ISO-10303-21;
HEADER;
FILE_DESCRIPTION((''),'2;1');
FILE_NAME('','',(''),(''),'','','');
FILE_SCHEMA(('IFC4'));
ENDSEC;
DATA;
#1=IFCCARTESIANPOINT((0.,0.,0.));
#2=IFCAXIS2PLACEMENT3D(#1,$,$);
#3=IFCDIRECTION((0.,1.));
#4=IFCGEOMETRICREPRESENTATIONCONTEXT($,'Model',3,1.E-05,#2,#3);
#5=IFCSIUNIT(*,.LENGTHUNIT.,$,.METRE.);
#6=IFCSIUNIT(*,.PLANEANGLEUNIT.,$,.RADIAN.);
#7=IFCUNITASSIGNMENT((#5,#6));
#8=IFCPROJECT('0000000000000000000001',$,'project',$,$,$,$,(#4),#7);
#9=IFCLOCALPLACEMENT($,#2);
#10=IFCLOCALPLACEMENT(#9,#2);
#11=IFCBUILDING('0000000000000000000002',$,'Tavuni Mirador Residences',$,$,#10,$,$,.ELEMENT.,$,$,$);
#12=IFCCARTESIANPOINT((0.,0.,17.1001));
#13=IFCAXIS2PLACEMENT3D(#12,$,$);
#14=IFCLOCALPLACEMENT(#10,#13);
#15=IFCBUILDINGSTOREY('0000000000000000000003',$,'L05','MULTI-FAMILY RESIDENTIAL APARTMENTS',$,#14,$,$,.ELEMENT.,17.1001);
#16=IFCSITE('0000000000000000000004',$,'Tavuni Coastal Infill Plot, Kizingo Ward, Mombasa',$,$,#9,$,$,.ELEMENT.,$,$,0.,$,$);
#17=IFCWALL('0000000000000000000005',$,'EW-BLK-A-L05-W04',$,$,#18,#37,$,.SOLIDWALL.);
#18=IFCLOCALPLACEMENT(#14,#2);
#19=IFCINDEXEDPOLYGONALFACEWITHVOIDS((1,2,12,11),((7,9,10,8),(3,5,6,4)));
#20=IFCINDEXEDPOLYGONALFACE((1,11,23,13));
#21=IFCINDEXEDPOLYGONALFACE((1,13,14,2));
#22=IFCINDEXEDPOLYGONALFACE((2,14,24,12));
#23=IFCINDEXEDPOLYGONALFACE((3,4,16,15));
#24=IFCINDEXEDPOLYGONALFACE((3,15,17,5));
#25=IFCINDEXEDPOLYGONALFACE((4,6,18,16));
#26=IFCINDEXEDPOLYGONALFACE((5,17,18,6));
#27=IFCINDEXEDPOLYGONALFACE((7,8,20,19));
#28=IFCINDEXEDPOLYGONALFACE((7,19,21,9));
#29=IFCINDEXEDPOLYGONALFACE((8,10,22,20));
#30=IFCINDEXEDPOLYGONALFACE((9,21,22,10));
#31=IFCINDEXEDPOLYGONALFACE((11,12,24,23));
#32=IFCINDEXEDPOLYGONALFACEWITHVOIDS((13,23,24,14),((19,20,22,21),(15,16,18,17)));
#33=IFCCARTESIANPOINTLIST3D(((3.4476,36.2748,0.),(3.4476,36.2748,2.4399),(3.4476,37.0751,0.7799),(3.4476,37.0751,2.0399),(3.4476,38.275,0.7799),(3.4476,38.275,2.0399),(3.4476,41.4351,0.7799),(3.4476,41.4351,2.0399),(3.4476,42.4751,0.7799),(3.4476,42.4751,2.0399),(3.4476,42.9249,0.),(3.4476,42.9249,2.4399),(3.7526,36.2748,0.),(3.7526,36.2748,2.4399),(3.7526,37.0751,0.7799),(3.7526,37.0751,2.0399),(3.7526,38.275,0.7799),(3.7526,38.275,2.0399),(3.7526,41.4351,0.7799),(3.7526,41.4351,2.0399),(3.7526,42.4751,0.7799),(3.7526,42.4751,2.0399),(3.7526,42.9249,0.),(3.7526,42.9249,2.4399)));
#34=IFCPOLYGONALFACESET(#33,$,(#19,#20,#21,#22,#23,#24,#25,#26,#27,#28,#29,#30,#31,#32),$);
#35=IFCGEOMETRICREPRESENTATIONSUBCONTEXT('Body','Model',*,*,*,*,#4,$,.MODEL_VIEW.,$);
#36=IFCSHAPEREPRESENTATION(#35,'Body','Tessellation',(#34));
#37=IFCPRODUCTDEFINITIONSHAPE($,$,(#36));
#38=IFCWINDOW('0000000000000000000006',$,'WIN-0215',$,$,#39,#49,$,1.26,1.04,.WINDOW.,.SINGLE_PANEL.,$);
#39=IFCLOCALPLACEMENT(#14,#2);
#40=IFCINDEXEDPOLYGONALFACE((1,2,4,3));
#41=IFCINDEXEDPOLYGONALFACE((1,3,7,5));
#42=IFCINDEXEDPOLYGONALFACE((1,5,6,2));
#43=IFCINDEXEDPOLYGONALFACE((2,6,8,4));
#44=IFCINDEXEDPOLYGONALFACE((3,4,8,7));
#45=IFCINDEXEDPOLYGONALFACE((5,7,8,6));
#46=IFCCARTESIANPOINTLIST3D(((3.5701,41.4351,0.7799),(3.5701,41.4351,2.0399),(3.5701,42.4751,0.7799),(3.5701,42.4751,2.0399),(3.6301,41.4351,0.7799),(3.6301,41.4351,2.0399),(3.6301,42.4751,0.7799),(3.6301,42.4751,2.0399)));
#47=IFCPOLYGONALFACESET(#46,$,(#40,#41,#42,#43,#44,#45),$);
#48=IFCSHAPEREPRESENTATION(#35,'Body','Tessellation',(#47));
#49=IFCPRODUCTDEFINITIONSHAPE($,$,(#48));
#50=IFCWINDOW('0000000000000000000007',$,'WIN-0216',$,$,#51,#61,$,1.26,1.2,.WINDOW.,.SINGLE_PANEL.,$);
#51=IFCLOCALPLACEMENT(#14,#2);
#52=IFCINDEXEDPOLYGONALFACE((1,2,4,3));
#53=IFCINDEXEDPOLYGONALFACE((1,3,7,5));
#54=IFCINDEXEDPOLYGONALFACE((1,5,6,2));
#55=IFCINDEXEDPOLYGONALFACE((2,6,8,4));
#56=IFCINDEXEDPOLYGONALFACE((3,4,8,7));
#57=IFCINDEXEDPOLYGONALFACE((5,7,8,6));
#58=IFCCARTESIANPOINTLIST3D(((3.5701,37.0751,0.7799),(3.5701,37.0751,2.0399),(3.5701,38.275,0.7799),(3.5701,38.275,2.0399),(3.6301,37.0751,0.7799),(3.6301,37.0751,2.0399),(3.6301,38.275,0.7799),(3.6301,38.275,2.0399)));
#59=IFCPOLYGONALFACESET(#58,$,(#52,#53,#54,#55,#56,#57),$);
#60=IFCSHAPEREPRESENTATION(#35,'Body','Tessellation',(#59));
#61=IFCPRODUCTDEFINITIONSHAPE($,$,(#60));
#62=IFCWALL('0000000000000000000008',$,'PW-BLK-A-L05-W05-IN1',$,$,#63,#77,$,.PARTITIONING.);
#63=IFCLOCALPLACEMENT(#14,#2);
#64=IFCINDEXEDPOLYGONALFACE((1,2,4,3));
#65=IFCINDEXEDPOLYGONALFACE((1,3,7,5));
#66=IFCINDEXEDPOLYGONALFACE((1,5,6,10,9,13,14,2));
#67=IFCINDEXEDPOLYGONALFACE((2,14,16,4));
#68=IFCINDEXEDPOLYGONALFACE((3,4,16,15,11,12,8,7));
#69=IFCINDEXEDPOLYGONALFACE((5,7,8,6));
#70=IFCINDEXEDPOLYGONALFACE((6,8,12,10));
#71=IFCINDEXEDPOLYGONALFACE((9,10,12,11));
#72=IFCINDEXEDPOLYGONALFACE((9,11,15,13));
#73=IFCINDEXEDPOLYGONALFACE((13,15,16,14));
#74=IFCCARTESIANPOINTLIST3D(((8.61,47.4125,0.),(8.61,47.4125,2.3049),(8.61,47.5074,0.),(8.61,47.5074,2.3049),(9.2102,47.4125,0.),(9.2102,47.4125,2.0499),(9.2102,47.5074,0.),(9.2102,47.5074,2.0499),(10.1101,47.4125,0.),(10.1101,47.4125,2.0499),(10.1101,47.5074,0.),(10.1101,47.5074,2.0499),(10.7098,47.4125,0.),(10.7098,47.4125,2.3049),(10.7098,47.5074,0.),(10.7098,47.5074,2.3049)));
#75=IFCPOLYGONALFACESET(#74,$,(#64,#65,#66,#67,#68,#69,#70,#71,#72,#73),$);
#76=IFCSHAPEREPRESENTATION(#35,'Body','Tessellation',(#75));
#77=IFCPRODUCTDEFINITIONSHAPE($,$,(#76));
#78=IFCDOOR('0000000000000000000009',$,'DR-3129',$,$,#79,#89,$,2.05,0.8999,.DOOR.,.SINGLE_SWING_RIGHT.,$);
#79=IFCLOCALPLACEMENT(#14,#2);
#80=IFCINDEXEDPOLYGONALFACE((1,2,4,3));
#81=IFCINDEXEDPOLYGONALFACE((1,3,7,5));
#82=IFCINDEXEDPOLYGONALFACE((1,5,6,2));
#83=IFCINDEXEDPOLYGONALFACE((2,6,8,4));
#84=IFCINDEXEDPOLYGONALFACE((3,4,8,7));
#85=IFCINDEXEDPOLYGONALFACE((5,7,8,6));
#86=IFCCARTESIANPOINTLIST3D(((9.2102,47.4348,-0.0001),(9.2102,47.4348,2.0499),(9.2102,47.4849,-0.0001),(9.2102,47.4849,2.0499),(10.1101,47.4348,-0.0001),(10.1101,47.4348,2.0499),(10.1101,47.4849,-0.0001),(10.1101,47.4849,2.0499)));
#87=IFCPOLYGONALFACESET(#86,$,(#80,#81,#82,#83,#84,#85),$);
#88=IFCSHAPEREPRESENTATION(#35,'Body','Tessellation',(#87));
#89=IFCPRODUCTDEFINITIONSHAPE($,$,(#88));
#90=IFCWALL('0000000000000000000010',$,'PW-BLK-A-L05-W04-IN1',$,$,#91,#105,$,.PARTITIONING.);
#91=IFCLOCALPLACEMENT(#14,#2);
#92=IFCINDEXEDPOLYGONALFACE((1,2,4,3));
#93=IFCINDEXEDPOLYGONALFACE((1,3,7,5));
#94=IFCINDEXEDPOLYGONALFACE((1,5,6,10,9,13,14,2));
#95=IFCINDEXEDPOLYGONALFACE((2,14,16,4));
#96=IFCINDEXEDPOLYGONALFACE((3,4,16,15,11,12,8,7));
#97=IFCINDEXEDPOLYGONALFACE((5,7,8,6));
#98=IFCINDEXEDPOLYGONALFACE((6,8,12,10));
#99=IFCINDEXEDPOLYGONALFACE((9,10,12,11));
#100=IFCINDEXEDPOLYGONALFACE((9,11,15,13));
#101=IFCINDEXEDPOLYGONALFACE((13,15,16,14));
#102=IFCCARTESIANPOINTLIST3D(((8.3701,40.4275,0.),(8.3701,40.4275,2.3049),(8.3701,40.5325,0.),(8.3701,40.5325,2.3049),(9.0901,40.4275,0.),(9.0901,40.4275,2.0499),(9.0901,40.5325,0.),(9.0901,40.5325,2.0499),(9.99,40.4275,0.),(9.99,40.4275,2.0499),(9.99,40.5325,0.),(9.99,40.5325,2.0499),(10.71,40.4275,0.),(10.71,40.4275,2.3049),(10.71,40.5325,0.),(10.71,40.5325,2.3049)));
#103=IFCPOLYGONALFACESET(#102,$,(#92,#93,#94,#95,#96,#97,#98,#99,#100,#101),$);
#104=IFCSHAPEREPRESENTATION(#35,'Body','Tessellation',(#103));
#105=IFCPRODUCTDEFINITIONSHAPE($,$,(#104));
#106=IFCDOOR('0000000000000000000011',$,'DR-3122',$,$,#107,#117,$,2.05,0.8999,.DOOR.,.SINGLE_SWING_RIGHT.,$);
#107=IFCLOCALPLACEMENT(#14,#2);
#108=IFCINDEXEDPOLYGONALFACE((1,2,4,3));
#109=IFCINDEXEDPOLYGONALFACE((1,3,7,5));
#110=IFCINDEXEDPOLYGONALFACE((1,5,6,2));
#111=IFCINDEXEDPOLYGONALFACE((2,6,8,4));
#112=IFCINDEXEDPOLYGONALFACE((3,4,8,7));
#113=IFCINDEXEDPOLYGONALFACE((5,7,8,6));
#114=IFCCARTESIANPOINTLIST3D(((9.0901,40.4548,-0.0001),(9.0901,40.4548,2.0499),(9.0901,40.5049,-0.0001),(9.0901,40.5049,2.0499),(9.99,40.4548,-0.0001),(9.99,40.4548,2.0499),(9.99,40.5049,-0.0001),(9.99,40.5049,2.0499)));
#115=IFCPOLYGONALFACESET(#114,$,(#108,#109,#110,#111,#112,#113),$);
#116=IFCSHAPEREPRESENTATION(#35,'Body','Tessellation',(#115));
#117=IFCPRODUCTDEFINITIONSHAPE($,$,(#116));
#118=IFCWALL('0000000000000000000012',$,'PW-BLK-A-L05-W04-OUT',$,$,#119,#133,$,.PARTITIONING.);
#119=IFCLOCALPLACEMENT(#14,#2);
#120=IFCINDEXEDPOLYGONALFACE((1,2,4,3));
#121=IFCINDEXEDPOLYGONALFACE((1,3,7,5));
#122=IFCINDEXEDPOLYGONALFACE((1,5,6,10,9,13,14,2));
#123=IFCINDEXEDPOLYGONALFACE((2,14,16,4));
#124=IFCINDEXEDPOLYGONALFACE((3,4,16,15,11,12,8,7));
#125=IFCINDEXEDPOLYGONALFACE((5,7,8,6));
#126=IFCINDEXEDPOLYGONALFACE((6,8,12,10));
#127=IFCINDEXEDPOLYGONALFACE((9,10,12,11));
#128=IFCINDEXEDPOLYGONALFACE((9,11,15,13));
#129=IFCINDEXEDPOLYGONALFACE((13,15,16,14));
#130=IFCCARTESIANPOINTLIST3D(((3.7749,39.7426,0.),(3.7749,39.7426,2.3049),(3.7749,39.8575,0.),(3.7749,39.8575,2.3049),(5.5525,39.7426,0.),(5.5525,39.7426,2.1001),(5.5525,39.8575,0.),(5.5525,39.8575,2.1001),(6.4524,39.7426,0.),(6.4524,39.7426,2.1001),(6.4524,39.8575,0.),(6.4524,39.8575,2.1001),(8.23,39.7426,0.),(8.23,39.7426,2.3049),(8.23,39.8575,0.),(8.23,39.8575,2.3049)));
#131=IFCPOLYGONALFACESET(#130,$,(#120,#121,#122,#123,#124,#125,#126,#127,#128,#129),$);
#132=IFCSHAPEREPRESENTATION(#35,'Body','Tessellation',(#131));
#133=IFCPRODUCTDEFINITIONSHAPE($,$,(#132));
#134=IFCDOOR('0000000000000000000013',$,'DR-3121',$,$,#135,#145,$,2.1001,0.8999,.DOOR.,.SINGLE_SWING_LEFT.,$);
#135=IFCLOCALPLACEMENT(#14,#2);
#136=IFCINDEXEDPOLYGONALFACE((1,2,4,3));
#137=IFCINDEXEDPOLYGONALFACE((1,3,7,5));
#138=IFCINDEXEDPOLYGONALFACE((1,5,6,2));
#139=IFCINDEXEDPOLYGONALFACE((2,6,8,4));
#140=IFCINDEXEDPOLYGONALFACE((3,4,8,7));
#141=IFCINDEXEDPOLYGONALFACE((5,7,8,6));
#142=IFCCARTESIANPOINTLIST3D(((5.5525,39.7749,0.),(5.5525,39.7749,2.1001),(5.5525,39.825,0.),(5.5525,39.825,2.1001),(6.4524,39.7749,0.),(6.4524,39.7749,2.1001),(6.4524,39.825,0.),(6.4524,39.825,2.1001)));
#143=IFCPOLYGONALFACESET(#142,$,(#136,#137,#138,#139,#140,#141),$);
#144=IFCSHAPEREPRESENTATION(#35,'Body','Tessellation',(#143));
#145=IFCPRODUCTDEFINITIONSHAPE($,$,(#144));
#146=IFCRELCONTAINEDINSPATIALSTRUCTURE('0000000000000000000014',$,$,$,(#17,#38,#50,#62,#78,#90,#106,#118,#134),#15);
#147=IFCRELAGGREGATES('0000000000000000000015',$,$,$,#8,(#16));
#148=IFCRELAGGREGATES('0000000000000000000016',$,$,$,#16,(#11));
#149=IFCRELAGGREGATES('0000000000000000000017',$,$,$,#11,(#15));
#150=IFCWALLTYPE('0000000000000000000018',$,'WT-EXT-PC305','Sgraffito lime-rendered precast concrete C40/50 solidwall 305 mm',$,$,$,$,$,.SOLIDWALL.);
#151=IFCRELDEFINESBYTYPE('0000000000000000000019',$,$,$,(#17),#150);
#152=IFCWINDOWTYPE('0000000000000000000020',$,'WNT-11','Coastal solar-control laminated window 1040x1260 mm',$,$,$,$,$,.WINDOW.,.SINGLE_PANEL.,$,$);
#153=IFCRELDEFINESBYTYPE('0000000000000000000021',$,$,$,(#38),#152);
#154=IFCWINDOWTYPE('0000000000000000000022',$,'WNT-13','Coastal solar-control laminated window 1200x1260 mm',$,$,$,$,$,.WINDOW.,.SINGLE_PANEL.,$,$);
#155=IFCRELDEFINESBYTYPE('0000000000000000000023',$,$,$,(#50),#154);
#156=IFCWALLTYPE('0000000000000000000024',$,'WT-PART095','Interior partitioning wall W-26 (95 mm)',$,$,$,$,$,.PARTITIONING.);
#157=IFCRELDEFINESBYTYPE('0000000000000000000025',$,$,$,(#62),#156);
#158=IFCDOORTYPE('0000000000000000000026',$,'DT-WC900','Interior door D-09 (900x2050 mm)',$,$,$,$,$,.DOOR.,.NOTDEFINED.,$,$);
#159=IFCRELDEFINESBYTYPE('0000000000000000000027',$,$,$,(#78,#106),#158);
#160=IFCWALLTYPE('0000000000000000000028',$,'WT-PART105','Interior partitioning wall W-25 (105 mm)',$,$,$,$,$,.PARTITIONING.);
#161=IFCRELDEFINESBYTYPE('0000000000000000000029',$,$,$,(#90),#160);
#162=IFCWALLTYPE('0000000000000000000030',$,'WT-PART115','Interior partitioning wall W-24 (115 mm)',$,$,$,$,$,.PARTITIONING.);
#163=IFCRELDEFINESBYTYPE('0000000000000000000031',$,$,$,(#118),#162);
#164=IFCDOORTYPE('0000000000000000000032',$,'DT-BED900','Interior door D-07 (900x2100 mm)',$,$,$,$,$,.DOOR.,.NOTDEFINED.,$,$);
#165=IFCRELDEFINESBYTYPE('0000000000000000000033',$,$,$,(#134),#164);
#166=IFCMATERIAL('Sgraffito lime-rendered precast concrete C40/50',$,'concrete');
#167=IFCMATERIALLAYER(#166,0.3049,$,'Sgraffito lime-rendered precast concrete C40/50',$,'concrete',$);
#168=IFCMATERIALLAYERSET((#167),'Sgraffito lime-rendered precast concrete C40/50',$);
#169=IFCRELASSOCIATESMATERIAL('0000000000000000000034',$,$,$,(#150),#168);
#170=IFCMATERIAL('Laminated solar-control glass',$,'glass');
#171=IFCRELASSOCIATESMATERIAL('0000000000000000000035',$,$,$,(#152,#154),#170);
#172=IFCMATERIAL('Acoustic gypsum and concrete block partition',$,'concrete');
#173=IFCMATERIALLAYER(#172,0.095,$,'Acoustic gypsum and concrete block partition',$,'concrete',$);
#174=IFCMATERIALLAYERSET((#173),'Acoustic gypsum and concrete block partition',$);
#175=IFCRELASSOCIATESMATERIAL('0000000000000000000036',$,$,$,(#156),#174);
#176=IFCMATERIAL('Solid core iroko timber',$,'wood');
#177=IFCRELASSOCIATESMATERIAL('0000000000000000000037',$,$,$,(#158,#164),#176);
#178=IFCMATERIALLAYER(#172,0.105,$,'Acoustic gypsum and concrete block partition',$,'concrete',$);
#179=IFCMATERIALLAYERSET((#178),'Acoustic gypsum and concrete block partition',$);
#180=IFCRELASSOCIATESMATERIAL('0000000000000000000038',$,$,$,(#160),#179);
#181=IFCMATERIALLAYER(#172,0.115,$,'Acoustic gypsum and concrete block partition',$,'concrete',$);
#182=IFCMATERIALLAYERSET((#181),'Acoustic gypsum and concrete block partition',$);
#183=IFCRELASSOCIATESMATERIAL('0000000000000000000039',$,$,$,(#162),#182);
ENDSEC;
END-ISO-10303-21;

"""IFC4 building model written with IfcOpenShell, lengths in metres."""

from ifc_helpers import new_model, si_unit, direction, frame, frame_2d, origin, place, context, subcontext, project, spatial, rectangle, extrude, material, layer, layer_set, type_object, element, fill, save


model = new_model("IFC4")

# Units and contexts
model_context = context("Model", 3, precision=1e-05, world=origin(), true_north=direction((0.0, 1.0)))
body_context = subcontext(model_context, "Body", "Model", "MODEL_VIEW")
ifc_project = project(units=[si_unit("LENGTHUNIT", "METRE"), si_unit("PLANEANGLEUNIT", "RADIAN")], contexts=[model_context])

# Site, building, storey
site_placement = place(None, origin())
site = spatial("IfcSite", under=ifc_project, at=site_placement, Name="Tavuni Coastal Infill Plot, Kizingo Ward, Mombasa", CompositionType="ELEMENT", RefElevation=0.0)
building_placement = place(site_placement, origin())
building = spatial("IfcBuilding", under=site, at=building_placement, Name="Tavuni Mirador Residences", CompositionType="ELEMENT")
storey_placement = place(building_placement, frame((0.0, 0.0, 17.1001)))
storey = spatial("IfcBuildingStorey", under=building, at=storey_placement, Name="L05", Description="MULTI-FAMILY RESIDENTIAL APARTMENTS", CompositionType="ELEMENT", Elevation=17.1001)

# Shared definitions
ifc_material_1 = material(Name="Solid core iroko timber", Category="wood")

# Wall, openings, windows
ifc_material_2 = material(Name="Sgraffito lime-rendered precast concrete C40/50", Category="concrete")
ifc_layer_1 = layer(ifc_material_2, 0.3049, Name="Sgraffito lime-rendered precast concrete C40/50", Category="concrete")
ifc_layer_set_1 = layer_set([ifc_layer_1], Name="Sgraffito lime-rendered precast concrete C40/50")
wall_type_1 = type_object("IfcWallType", Name="WT-EXT-PC305", Description="Sgraffito lime-rendered precast concrete C40/50 solidwall 305 mm", PredefinedType="SOLIDWALL", material=ifc_layer_set_1)
wall_1_placement = place(storey_placement, frame((3.6001, 42.925, 0.0), z_axis=(0.0, 0.0, 1.0), x_axis=(0.0, -1.0, 0.0)))
wall_1 = element("IfcWall", 1, at=wall_1_placement, inside=storey, type_object=wall_type_1, Name="EW-BLK-A-L05-W04", PredefinedType="SOLIDWALL", context=body_context, shape_type="SweptSolid", body=[
    extrude(rectangle(XDim=6.6501, YDim=0.3049, at=frame_2d((3.3252, 0.0))), origin(), (0.0, 0.0, 1.0), 2.4399),
])
opening_1_placement = place(wall_1_placement, frame((0.45, 0.0, 0.78)))
opening_1 = element("IfcOpeningElement", 2, at=opening_1_placement, cuts=wall_1, PredefinedType="OPENING", context=body_context, shape_type="SweptSolid", body=[
    extrude(rectangle(XDim=1.04, YDim=1.26, at=frame_2d((0.52, 0.6299))), frame((0.0, 0.1626, 0.0), z_axis=(0.0, -1.0, 0.0), x_axis=(1.0, 0.0, 0.0)), (0.0, 0.0, 1.0), 0.325),
])
opening_2_placement = place(wall_1_placement, frame((4.6499, 0.0, 0.78)))
opening_2 = element("IfcOpeningElement", 3, at=opening_2_placement, cuts=wall_1, PredefinedType="OPENING", context=body_context, shape_type="SweptSolid", body=[
    extrude(rectangle(XDim=1.2, YDim=1.26, at=frame_2d((0.6001, 0.6299))), frame((0.0, 0.1626, 0.0), z_axis=(0.0, -1.0, 0.0), x_axis=(1.0, 0.0, 0.0)), (0.0, 0.0, 1.0), 0.325),
])
ifc_material_3 = material(Name="Laminated solar-control glass", Category="glass")
window_type_1 = type_object("IfcWindowType", Name="WNT-11", Description="Coastal solar-control laminated window 1040x1260 mm", PartitioningType="SINGLE_PANEL", PredefinedType="WINDOW", material=ifc_material_3)
window_1_placement = place(opening_1_placement, origin())
window_1 = element("IfcWindow", 4, at=window_1_placement, inside=storey, type_object=window_type_1, Name="WIN-0215", OverallHeight=1.26, OverallWidth=1.04, PartitioningType="SINGLE_PANEL", PredefinedType="WINDOW", context=body_context, shape_type="SweptSolid", body=[
    extrude(rectangle(XDim=1.04, YDim=1.26, at=frame_2d((0.52, 0.6299))), frame((0.0, 0.03, 0.0), z_axis=(0.0, -1.0, 0.0), x_axis=(1.0, 0.0, 0.0)), (0.0, 0.0, 1.0), 0.0601),
])
fill(opening_1, window_1)
window_type_2 = type_object("IfcWindowType", Name="WNT-13", Description="Coastal solar-control laminated window 1200x1260 mm", PartitioningType="SINGLE_PANEL", PredefinedType="WINDOW", material=ifc_material_3)
window_2_placement = place(opening_2_placement, origin())
window_2 = element("IfcWindow", 5, at=window_2_placement, inside=storey, type_object=window_type_2, Name="WIN-0216", OverallHeight=1.26, OverallWidth=1.2, PartitioningType="SINGLE_PANEL", PredefinedType="WINDOW", context=body_context, shape_type="SweptSolid", body=[
    extrude(rectangle(XDim=1.2, YDim=1.26, at=frame_2d((0.6001, 0.6299))), frame((0.0, 0.03, 0.0), z_axis=(0.0, -1.0, 0.0), x_axis=(1.0, 0.0, 0.0)), (0.0, 0.0, 1.0), 0.0601),
])
fill(opening_2, window_2)

# Walls, openings, doors
ifc_material_4 = material(Name="Acoustic gypsum and concrete block partition", Category="concrete")
ifc_layer_2 = layer(ifc_material_4, 0.095, Name="Acoustic gypsum and concrete block partition", Category="concrete")
ifc_layer_set_2 = layer_set([ifc_layer_2], Name="Acoustic gypsum and concrete block partition")
wall_type_2 = type_object("IfcWallType", Name="WT-PART095", Description="Interior partitioning wall W-26 (95 mm)", PredefinedType="PARTITIONING", material=ifc_layer_set_2)
wall_2_placement = place(storey_placement, frame((8.6101, 47.46, 0.0), z_axis=(0.0, 0.0, 1.0), x_axis=(1.0, 0.0, 0.0)))
wall_2 = element("IfcWall", 6, at=wall_2_placement, inside=storey, type_object=wall_type_2, Name="PW-BLK-A-L05-W05-IN1", PredefinedType="PARTITIONING", context=body_context, shape_type="SweptSolid", body=[
    extrude(rectangle(XDim=2.0999, YDim=0.095, at=frame_2d((1.0498, 0.0))), origin(), (0.0, 0.0, 1.0), 2.3049),
])
opening_3_placement = place(wall_2_placement, frame((0.6001, 0.0, 0.0)))
opening_3 = element("IfcOpeningElement", 7, at=opening_3_placement, cuts=wall_2, PredefinedType="OPENING", context=body_context, shape_type="SweptSolid", body=[
    extrude(rectangle(XDim=0.8999, YDim=2.05, at=frame_2d((0.45, 1.0249))), frame((0.0, 0.0576, 0.0), z_axis=(0.0, -1.0, 0.0), x_axis=(1.0, 0.0, 0.0)), (0.0, 0.0, 1.0), 0.115),
])
door_type_1 = type_object("IfcDoorType", Name="DT-WC900", Description="Interior door D-09 (900x2050 mm)", OperationType="NOTDEFINED", PredefinedType="DOOR", material=ifc_material_1)
door_1_placement = place(opening_3_placement, origin())
door_1 = element("IfcDoor", 8, at=door_1_placement, inside=storey, type_object=door_type_1, Name="DR-3129", OperationType="SINGLE_SWING_RIGHT", OverallHeight=2.05, OverallWidth=0.8999, PredefinedType="DOOR", context=body_context, shape_type="SweptSolid", body=[
    extrude(rectangle(XDim=0.8999, YDim=2.05, at=frame_2d((0.45, 1.0249))), frame((0.0, 0.0249, 0.0), z_axis=(0.0, -1.0, 0.0), x_axis=(1.0, 0.0, 0.0)), (0.0, 0.0, 1.0), 0.05),
])
fill(opening_3, door_1)
ifc_layer_3 = layer(ifc_material_4, 0.105, Name="Acoustic gypsum and concrete block partition", Category="concrete")
ifc_layer_set_3 = layer_set([ifc_layer_3], Name="Acoustic gypsum and concrete block partition")
wall_type_3 = type_object("IfcWallType", Name="WT-PART105", Description="Interior partitioning wall W-25 (105 mm)", PredefinedType="PARTITIONING", material=ifc_layer_set_3)
wall_3_placement = place(storey_placement, frame((8.3701, 40.48, 0.0), z_axis=(0.0, 0.0, 1.0), x_axis=(1.0, 0.0, 0.0)))
wall_3 = element("IfcWall", 9, at=wall_3_placement, inside=storey, type_object=wall_type_3, Name="PW-BLK-A-L05-W04-IN1", PredefinedType="PARTITIONING", context=body_context, shape_type="SweptSolid", body=[
    extrude(rectangle(XDim=2.3398, YDim=0.105, at=frame_2d((1.1699, 0.0))), origin(), (0.0, 0.0, 1.0), 2.3049),
])
opening_4_placement = place(wall_3_placement, frame((0.72, 0.0, 0.0)))
opening_4 = element("IfcOpeningElement", 10, at=opening_4_placement, cuts=wall_3, PredefinedType="OPENING", context=body_context, shape_type="SweptSolid", body=[
    extrude(rectangle(XDim=0.8999, YDim=2.05, at=frame_2d((0.45, 1.0249))), frame((0.0, 0.0625, 0.0), z_axis=(0.0, -1.0, 0.0), x_axis=(1.0, 0.0, 0.0)), (0.0, 0.0, 1.0), 0.125),
])
door_2_placement = place(opening_4_placement, origin())
door_2 = element("IfcDoor", 11, at=door_2_placement, inside=storey, type_object=door_type_1, Name="DR-3122", OperationType="SINGLE_SWING_RIGHT", OverallHeight=2.05, OverallWidth=0.8999, PredefinedType="DOOR", context=body_context, shape_type="SweptSolid", body=[
    extrude(rectangle(XDim=0.8999, YDim=2.05, at=frame_2d((0.45, 1.0249))), frame((0.0, 0.0249, 0.0), z_axis=(0.0, -1.0, 0.0), x_axis=(1.0, 0.0, 0.0)), (0.0, 0.0, 1.0), 0.05),
])
fill(opening_4, door_2)
ifc_layer_4 = layer(ifc_material_4, 0.115, Name="Acoustic gypsum and concrete block partition", Category="concrete")
ifc_layer_set_4 = layer_set([ifc_layer_4], Name="Acoustic gypsum and concrete block partition")
wall_type_4 = type_object("IfcWallType", Name="WT-PART115", Description="Interior partitioning wall W-24 (115 mm)", PredefinedType="PARTITIONING", material=ifc_layer_set_4)
wall_4_placement = place(storey_placement, frame((3.7749, 39.8, 0.0), z_axis=(0.0, 0.0, 1.0), x_axis=(1.0, 0.0, 0.0)))
wall_4 = element("IfcWall", 12, at=wall_4_placement, inside=storey, type_object=wall_type_4, Name="PW-BLK-A-L05-W04-OUT", PredefinedType="PARTITIONING", context=body_context, shape_type="SweptSolid", body=[
    extrude(rectangle(XDim=4.4551, YDim=0.115, at=frame_2d((2.2275, 0.0))), origin(), (0.0, 0.0, 1.0), 2.3049),
])
opening_5_placement = place(wall_4_placement, frame((1.7776, 0.0, 0.0)))
opening_5 = element("IfcOpeningElement", 13, at=opening_5_placement, cuts=wall_4, PredefinedType="OPENING", context=body_context, shape_type="SweptSolid", body=[
    extrude(rectangle(XDim=0.8999, YDim=2.1001, at=frame_2d((0.45, 1.05))), frame((0.0, 0.0674, 0.0), z_axis=(0.0, -1.0, 0.0), x_axis=(1.0, 0.0, 0.0)), (0.0, 0.0, 1.0), 0.135),
])
door_type_2 = type_object("IfcDoorType", Name="DT-BED900", Description="Interior door D-07 (900x2100 mm)", OperationType="NOTDEFINED", PredefinedType="DOOR", material=ifc_material_1)
door_3_placement = place(opening_5_placement, origin())
door_3 = element("IfcDoor", 14, at=door_3_placement, inside=storey, type_object=door_type_2, Name="DR-3121", OperationType="SINGLE_SWING_LEFT", OverallHeight=2.1001, OverallWidth=0.8999, PredefinedType="DOOR", context=body_context, shape_type="SweptSolid", body=[
    extrude(rectangle(XDim=0.8999, YDim=2.1001, at=frame_2d((0.45, 1.05))), frame((0.0, 0.0249, 0.0), z_axis=(0.0, -1.0, 0.0), x_axis=(1.0, 0.0, 0.0)), (0.0, 0.0, 1.0), 0.05),
])
fill(opening_5, door_3)

save(model, "model.ifc")
